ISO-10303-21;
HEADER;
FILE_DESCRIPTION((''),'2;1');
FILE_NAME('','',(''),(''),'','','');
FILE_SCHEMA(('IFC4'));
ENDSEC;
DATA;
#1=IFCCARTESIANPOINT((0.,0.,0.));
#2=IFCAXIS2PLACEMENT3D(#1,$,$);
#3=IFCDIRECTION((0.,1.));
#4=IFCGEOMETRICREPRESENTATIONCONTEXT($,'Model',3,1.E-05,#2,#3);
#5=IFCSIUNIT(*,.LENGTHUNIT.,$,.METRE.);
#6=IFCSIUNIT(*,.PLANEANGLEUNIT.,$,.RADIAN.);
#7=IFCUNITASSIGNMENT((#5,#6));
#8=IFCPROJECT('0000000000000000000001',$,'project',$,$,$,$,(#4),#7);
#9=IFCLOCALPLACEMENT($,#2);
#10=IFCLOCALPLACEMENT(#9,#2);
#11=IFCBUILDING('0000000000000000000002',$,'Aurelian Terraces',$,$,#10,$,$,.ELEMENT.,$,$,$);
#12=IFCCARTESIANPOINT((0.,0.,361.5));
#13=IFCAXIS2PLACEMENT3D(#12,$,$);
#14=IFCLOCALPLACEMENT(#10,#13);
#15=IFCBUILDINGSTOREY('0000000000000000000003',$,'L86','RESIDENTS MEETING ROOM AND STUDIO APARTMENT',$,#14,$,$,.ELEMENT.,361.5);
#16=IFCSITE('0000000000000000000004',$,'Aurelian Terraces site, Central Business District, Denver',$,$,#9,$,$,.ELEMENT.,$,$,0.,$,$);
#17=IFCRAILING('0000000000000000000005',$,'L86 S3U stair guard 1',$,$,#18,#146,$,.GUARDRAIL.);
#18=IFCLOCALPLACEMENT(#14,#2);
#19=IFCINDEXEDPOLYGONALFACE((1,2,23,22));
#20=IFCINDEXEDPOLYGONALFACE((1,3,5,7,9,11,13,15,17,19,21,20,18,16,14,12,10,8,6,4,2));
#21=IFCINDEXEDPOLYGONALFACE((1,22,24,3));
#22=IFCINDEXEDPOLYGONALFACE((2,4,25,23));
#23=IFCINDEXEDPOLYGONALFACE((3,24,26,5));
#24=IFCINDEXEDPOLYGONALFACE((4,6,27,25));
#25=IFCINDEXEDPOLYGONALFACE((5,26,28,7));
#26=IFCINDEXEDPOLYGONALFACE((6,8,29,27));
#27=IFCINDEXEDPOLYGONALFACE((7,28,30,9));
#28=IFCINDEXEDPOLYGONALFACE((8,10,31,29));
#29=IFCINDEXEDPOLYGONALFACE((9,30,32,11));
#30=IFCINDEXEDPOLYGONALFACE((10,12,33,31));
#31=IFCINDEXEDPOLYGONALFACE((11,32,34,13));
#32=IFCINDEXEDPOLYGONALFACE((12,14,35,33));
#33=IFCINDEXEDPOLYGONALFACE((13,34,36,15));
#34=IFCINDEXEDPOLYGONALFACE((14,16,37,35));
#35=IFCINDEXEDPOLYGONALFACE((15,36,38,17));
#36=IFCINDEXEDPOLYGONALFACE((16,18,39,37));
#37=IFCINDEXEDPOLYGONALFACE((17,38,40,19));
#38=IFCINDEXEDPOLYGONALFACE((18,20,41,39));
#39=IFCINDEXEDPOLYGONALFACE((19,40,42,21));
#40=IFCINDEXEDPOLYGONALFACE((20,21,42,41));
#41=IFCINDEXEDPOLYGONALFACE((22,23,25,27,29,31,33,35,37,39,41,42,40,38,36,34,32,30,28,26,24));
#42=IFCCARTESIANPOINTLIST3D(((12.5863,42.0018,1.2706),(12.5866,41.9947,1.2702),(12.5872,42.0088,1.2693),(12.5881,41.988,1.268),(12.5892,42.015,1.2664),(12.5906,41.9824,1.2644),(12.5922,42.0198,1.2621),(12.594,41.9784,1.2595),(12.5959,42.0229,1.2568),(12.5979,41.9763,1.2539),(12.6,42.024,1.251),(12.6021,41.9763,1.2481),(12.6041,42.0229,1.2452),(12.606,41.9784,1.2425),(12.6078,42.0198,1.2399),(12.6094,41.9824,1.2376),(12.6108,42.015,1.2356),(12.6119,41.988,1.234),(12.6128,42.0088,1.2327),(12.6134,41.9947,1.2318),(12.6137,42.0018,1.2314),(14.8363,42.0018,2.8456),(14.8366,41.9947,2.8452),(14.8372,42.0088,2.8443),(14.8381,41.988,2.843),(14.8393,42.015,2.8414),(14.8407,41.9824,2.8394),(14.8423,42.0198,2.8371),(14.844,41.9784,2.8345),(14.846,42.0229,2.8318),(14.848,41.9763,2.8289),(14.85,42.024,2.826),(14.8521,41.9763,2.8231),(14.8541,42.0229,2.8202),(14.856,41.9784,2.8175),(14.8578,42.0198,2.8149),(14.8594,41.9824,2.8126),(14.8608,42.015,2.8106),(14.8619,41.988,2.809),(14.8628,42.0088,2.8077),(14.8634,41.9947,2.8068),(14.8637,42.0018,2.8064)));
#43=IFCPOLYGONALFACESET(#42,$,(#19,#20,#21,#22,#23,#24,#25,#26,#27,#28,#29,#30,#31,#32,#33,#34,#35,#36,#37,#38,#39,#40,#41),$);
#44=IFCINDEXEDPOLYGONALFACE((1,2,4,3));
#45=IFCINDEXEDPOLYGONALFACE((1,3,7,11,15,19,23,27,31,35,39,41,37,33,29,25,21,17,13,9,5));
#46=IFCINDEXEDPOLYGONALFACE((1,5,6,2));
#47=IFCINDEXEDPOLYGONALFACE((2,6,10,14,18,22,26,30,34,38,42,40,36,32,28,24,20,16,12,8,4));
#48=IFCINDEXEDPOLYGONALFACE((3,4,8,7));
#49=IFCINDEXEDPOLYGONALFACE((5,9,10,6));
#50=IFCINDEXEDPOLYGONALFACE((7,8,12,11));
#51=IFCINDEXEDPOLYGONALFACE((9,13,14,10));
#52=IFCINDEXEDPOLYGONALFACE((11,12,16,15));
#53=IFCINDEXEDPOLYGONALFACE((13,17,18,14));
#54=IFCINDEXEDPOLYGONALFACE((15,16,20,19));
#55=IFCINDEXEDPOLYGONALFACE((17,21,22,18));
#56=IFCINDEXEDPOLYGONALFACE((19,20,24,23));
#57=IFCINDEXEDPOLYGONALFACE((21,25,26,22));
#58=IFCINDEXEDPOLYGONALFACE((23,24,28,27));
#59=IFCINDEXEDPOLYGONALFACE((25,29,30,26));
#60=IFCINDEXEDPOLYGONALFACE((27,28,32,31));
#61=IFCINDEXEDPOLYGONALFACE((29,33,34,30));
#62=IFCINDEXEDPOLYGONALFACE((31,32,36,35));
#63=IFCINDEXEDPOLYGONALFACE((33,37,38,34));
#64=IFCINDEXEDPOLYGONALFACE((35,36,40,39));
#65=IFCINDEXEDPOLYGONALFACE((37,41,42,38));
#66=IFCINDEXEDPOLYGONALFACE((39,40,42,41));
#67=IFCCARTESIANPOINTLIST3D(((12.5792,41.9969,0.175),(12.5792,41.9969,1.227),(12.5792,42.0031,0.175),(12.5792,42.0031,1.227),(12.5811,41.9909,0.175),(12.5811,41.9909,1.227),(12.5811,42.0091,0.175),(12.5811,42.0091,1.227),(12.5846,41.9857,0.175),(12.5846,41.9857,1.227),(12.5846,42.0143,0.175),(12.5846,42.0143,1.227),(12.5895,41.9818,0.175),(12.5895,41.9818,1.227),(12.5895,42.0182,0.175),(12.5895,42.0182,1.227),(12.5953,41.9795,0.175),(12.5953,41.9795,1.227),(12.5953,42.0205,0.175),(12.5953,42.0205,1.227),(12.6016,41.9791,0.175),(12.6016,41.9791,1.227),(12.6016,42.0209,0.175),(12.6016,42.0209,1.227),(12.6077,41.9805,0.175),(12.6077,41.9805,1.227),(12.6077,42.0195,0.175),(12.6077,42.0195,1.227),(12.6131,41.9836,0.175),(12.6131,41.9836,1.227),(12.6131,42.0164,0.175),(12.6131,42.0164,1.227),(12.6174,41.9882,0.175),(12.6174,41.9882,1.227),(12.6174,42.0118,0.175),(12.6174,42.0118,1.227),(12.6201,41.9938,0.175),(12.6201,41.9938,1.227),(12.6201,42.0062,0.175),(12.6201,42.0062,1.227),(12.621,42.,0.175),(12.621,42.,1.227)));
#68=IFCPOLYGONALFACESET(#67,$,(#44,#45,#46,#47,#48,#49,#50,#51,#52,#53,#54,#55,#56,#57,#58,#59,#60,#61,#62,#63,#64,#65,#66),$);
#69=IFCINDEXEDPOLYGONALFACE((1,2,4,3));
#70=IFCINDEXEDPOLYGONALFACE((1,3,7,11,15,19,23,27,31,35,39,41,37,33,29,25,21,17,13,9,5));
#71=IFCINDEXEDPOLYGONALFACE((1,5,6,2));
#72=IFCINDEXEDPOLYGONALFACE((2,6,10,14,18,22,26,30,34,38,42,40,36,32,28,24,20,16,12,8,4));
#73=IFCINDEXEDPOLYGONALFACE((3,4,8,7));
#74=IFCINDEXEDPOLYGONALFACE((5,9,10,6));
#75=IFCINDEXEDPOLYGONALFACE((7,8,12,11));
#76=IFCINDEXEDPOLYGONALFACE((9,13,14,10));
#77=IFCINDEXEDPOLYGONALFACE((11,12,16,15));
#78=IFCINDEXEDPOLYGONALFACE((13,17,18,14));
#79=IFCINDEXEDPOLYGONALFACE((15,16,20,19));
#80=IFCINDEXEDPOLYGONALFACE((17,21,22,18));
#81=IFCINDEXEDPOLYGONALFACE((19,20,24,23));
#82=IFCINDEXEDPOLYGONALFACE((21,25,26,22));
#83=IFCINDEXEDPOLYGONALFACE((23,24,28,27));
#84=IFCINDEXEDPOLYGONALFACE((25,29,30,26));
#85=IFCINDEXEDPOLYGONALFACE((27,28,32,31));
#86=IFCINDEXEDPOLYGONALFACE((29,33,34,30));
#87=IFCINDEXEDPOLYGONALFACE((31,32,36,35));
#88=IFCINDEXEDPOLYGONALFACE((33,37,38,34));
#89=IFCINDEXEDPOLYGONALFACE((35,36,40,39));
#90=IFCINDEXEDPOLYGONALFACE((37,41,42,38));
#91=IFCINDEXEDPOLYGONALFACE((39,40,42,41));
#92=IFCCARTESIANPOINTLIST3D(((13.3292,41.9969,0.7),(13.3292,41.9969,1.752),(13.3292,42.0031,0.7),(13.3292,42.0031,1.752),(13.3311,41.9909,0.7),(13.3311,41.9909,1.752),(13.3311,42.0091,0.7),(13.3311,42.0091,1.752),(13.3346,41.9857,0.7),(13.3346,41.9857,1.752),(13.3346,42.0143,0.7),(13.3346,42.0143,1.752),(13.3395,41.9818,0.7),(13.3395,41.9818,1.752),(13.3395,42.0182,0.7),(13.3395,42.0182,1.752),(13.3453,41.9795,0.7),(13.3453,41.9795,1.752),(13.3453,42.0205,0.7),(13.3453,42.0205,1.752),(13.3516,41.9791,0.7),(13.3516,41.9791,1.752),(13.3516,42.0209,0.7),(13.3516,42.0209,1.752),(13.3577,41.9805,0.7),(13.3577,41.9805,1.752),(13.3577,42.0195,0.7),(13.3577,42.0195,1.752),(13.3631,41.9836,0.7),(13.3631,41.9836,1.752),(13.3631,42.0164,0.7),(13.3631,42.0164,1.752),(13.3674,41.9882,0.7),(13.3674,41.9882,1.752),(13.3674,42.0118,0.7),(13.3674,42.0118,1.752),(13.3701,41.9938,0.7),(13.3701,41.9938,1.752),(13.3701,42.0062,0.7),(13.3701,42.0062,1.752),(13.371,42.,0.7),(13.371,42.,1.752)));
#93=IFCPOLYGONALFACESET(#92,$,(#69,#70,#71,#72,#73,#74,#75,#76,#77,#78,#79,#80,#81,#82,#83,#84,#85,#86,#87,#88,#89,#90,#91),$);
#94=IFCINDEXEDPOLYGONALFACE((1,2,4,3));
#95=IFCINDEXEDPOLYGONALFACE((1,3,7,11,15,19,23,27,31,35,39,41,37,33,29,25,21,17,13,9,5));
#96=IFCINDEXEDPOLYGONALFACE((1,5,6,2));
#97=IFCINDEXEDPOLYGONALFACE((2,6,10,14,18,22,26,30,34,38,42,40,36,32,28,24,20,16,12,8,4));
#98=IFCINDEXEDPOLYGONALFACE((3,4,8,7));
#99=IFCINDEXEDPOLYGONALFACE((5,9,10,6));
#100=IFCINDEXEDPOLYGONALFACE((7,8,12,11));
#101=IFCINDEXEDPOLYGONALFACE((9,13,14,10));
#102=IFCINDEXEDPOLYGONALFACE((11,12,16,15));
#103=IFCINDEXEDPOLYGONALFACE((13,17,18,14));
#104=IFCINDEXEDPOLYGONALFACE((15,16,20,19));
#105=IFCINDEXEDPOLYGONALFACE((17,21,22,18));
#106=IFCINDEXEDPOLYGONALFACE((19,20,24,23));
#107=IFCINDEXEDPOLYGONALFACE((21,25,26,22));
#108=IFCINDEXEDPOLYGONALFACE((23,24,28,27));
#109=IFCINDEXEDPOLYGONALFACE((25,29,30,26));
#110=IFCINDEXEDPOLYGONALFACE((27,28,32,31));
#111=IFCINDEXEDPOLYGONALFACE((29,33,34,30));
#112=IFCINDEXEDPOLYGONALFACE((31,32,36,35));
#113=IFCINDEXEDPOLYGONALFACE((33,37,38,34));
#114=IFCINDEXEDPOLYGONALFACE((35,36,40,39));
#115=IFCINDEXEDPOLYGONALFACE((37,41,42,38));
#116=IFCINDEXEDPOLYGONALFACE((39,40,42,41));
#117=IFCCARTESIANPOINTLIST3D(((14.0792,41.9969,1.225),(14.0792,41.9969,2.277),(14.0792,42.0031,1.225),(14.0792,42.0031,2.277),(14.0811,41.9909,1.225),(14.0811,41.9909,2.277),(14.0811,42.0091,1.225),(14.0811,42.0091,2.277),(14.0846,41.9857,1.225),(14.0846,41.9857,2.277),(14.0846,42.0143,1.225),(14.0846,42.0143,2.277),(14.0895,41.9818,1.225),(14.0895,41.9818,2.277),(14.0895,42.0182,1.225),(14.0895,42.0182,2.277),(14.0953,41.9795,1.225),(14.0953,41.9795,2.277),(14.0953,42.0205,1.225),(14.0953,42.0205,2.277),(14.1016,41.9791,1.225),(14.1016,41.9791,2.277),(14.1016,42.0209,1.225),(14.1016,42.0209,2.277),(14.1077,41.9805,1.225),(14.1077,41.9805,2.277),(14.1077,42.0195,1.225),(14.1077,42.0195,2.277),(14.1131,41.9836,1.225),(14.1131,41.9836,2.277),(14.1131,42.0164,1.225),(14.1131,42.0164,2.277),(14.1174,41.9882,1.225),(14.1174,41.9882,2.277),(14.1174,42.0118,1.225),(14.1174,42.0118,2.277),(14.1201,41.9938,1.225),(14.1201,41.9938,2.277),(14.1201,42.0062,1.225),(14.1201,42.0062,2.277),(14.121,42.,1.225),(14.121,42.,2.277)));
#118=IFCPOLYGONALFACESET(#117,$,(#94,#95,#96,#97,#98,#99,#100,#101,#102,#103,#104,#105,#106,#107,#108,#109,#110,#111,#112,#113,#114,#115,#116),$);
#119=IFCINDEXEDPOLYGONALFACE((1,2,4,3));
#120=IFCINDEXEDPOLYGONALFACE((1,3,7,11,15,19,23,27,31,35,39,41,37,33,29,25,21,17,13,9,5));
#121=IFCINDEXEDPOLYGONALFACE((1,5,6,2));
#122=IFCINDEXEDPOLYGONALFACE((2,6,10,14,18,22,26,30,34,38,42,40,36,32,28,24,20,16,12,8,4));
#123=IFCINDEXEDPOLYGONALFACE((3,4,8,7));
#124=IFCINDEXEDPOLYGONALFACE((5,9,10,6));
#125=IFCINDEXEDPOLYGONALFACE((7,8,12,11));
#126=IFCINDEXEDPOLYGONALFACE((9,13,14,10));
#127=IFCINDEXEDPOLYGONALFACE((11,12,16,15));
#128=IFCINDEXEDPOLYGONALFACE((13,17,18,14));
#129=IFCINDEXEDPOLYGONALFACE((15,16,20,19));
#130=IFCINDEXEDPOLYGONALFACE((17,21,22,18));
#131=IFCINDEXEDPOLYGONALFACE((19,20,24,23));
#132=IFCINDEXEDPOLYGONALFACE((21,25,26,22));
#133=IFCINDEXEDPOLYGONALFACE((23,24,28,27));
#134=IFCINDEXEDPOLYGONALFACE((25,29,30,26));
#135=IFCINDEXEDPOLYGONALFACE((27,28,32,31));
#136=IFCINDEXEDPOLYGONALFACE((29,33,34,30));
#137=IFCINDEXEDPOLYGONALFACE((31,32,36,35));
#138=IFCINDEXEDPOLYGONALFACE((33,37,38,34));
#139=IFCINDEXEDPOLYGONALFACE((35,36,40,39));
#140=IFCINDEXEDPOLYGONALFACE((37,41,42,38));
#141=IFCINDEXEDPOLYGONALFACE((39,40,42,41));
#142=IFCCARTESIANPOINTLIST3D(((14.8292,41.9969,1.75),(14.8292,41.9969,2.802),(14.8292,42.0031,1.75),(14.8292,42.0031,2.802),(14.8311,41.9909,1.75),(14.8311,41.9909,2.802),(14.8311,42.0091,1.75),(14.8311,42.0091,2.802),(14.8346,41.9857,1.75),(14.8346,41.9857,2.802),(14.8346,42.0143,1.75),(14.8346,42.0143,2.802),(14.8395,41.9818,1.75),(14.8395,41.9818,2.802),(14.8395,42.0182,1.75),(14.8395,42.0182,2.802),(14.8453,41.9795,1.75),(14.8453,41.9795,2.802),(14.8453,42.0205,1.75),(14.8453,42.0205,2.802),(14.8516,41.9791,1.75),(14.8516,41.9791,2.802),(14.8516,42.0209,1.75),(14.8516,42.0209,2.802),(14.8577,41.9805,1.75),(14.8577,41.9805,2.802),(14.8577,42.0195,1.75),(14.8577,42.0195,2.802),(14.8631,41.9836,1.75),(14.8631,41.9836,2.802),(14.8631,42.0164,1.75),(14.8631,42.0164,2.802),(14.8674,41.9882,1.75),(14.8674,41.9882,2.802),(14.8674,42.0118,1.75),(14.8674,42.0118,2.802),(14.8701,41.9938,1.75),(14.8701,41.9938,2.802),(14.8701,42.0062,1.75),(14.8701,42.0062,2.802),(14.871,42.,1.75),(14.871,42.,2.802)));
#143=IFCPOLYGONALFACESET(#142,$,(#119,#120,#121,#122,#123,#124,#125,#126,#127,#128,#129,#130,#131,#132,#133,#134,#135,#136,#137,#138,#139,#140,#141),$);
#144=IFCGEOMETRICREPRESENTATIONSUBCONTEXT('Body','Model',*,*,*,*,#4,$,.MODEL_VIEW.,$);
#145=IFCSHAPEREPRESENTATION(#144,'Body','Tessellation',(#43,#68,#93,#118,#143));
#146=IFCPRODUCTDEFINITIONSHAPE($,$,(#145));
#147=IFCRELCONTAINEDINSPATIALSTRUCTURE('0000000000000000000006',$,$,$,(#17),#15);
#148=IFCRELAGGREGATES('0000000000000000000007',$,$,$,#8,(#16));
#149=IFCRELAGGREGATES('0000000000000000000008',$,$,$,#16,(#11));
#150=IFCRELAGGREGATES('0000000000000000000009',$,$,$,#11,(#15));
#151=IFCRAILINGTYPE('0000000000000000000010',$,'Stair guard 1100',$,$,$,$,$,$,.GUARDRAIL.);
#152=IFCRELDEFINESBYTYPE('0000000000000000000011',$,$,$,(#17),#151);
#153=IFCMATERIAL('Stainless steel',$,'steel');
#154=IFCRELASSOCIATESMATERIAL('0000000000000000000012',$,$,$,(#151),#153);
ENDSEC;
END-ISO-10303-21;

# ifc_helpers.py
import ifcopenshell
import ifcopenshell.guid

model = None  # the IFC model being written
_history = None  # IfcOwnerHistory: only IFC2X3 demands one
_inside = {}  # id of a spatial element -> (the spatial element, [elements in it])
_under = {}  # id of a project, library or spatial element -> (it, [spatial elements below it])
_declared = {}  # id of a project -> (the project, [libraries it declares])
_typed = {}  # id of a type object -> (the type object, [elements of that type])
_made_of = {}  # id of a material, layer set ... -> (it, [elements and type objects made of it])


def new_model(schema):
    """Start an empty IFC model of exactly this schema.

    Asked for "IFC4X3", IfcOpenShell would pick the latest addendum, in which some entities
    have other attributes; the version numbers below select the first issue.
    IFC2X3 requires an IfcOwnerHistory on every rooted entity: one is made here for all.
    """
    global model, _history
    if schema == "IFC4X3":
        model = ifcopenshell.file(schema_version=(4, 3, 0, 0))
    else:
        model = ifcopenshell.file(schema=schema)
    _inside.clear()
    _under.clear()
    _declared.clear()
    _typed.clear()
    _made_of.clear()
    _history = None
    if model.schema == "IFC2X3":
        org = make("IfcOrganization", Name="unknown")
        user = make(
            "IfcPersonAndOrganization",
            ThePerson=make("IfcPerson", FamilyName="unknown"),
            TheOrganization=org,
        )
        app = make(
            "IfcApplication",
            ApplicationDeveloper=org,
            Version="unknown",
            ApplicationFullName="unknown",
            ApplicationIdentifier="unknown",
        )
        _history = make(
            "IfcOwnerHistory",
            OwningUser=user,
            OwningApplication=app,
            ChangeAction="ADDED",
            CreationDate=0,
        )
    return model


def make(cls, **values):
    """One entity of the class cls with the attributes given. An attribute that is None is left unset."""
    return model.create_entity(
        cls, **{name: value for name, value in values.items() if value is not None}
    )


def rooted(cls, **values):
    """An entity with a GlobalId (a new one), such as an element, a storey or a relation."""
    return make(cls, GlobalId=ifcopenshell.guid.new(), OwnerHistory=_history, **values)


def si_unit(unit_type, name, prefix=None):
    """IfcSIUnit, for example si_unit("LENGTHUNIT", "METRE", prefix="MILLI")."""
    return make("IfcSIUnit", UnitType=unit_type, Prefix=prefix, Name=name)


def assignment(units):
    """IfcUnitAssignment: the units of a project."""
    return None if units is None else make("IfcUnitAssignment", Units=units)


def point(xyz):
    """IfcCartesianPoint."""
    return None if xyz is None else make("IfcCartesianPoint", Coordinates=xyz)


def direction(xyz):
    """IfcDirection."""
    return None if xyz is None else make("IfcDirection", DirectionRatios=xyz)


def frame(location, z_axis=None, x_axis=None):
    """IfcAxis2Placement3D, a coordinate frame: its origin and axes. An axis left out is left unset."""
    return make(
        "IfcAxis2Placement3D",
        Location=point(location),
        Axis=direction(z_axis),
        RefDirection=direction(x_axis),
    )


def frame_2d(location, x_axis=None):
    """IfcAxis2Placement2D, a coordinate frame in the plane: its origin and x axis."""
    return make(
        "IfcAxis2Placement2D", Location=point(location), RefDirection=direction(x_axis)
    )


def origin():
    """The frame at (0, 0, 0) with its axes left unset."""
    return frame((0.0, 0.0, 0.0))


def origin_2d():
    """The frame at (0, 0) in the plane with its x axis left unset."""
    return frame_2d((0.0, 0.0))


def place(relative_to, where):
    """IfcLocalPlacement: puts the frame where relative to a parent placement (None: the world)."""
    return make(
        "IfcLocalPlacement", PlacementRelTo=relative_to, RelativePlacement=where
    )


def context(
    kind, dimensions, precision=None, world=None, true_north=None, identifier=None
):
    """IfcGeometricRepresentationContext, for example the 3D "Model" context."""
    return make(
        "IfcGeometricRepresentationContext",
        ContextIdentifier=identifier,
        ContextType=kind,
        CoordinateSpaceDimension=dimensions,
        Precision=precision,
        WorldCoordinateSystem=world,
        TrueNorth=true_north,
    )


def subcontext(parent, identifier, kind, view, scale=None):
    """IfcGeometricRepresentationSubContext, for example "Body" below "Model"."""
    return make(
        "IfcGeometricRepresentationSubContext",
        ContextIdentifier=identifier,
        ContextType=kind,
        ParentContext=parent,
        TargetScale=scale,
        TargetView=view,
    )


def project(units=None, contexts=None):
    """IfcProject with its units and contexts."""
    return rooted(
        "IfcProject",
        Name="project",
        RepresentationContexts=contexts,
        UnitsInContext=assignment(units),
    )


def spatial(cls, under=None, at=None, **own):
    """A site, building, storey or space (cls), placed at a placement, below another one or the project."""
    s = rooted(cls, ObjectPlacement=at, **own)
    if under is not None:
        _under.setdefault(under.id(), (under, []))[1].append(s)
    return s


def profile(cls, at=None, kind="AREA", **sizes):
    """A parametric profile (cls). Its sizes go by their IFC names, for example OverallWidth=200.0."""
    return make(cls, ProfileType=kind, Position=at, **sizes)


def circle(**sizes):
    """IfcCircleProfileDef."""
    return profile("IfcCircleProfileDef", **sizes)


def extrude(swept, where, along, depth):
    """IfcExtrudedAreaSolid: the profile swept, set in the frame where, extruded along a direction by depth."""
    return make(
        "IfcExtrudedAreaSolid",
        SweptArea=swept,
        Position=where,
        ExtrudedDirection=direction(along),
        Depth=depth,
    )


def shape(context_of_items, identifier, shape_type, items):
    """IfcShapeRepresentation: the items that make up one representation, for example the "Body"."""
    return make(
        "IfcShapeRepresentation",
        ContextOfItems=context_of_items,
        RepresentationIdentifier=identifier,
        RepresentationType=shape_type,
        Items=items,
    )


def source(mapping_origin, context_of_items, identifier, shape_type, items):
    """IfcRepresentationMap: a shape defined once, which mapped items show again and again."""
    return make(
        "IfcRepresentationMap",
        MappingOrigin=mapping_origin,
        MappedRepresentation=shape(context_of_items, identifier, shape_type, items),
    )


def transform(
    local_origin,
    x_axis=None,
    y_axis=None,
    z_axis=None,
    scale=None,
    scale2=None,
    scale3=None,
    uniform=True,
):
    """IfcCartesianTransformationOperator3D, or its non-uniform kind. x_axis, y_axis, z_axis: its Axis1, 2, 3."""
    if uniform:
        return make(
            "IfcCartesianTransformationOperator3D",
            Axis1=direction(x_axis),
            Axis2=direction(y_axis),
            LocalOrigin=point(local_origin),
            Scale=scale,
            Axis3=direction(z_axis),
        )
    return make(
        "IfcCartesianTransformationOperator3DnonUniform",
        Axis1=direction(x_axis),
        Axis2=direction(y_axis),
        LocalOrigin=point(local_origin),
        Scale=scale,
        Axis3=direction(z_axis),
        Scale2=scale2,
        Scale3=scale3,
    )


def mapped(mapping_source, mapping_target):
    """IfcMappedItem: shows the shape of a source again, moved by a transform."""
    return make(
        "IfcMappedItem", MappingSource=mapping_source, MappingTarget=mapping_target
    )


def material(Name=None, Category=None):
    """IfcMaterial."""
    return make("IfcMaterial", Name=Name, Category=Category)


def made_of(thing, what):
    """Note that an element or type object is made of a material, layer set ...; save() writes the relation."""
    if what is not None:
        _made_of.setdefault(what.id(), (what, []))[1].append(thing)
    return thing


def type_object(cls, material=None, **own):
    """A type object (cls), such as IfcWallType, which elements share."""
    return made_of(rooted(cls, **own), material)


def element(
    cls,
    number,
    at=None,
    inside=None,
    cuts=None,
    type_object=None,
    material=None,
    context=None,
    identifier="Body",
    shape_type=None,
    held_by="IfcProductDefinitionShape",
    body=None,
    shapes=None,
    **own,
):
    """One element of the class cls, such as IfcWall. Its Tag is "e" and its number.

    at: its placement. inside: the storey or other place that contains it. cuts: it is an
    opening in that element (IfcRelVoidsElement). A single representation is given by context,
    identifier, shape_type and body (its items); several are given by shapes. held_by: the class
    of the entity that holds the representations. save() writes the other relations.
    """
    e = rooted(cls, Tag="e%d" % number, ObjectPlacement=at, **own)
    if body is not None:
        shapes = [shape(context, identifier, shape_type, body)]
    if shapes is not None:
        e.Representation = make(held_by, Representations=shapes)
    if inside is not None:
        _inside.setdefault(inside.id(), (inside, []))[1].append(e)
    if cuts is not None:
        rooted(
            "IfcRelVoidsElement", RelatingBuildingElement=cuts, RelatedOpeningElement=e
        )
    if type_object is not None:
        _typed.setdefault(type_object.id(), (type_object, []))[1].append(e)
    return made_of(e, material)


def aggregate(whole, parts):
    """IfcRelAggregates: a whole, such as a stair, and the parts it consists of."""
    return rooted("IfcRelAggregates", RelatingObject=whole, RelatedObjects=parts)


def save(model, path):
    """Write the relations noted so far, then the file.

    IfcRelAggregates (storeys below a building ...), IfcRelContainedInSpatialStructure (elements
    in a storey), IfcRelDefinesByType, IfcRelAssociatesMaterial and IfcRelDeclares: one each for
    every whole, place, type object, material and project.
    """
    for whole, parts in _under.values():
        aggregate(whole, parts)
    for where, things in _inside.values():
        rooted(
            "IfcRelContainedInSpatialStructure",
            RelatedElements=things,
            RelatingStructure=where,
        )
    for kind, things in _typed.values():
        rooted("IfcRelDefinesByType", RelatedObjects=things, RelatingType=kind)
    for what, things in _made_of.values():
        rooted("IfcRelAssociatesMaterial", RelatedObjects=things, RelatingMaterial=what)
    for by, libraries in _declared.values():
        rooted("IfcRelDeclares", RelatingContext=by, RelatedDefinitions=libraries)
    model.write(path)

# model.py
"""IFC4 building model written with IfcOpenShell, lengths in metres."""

from ifc_helpers import new_model, si_unit, direction, frame, origin, origin_2d, place, context, subcontext, project, spatial, circle, extrude, source, transform, mapped, material, type_object, element, save


model = new_model("IFC4")

# Units and contexts
model_context = context("Model", 3, precision=1e-05, world=origin(), true_north=direction((0.0, 1.0)))
body_context = subcontext(model_context, "Body", "Model", "MODEL_VIEW")
ifc_project = project(units=[si_unit("LENGTHUNIT", "METRE"), si_unit("PLANEANGLEUNIT", "RADIAN")], contexts=[model_context])

# Site, building, storey
site_placement = place(None, origin())
site = spatial("IfcSite", under=ifc_project, at=site_placement, Name="Aurelian Terraces site, Central Business District, Denver", CompositionType="ELEMENT", RefElevation=0.0)
building_placement = place(site_placement, origin())
building = spatial("IfcBuilding", under=site, at=building_placement, Name="Aurelian Terraces", CompositionType="ELEMENT")
storey_placement = place(building_placement, frame((0.0, 0.0, 361.5)))
storey = spatial("IfcBuildingStorey", under=building, at=storey_placement, Name="L86", Description="RESIDENTS MEETING ROOM AND STUDIO APARTMENT", CompositionType="ELEMENT", Elevation=361.5)

# Railing
ifc_material_1 = material(Name="Stainless steel", Category="steel")
railing_type_1 = type_object("IfcRailingType", Name="Stair guard 1100", PredefinedType="GUARDRAIL", material=ifc_material_1)
shared_shape_1 = source(origin(), body_context, "Body", "SweptSolid", [
    extrude(circle(Radius=0.024, at=origin_2d()), frame((0.0, 0.0, 1.076), z_axis=(0.819232, 0.0, 0.573462), x_axis=(0.0, 1.0, 0.0)), (0.0, 0.0, 1.0), 2.7465),
    extrude(circle(Radius=0.021, at=origin_2d()), origin(), (0.0, 0.0, 1.0), 1.052),
    extrude(circle(Radius=0.021, at=origin_2d()), frame((0.75, 0.0, 0.525)), (0.0, 0.0, 1.0), 1.052),
    extrude(circle(Radius=0.021, at=origin_2d()), frame((1.5, 0.0, 1.05)), (0.0, 0.0, 1.0), 1.052),
    extrude(circle(Radius=0.021, at=origin_2d()), frame((2.25, 0.0, 1.575)), (0.0, 0.0, 1.0), 1.052),
])
railing_1_placement = place(storey_placement, frame((12.6, 42.0, 0.175)))
element("IfcRailing", 1, at=railing_1_placement, inside=storey, type_object=railing_type_1, Name="L86 S3U stair guard 1", PredefinedType="GUARDRAIL", context=body_context, shape_type="MappedRepresentation", body=[
    mapped(shared_shape_1, transform((0.0, 0.0, 0.0), scale=1.0)),
])

save(model, "model.ifc")
